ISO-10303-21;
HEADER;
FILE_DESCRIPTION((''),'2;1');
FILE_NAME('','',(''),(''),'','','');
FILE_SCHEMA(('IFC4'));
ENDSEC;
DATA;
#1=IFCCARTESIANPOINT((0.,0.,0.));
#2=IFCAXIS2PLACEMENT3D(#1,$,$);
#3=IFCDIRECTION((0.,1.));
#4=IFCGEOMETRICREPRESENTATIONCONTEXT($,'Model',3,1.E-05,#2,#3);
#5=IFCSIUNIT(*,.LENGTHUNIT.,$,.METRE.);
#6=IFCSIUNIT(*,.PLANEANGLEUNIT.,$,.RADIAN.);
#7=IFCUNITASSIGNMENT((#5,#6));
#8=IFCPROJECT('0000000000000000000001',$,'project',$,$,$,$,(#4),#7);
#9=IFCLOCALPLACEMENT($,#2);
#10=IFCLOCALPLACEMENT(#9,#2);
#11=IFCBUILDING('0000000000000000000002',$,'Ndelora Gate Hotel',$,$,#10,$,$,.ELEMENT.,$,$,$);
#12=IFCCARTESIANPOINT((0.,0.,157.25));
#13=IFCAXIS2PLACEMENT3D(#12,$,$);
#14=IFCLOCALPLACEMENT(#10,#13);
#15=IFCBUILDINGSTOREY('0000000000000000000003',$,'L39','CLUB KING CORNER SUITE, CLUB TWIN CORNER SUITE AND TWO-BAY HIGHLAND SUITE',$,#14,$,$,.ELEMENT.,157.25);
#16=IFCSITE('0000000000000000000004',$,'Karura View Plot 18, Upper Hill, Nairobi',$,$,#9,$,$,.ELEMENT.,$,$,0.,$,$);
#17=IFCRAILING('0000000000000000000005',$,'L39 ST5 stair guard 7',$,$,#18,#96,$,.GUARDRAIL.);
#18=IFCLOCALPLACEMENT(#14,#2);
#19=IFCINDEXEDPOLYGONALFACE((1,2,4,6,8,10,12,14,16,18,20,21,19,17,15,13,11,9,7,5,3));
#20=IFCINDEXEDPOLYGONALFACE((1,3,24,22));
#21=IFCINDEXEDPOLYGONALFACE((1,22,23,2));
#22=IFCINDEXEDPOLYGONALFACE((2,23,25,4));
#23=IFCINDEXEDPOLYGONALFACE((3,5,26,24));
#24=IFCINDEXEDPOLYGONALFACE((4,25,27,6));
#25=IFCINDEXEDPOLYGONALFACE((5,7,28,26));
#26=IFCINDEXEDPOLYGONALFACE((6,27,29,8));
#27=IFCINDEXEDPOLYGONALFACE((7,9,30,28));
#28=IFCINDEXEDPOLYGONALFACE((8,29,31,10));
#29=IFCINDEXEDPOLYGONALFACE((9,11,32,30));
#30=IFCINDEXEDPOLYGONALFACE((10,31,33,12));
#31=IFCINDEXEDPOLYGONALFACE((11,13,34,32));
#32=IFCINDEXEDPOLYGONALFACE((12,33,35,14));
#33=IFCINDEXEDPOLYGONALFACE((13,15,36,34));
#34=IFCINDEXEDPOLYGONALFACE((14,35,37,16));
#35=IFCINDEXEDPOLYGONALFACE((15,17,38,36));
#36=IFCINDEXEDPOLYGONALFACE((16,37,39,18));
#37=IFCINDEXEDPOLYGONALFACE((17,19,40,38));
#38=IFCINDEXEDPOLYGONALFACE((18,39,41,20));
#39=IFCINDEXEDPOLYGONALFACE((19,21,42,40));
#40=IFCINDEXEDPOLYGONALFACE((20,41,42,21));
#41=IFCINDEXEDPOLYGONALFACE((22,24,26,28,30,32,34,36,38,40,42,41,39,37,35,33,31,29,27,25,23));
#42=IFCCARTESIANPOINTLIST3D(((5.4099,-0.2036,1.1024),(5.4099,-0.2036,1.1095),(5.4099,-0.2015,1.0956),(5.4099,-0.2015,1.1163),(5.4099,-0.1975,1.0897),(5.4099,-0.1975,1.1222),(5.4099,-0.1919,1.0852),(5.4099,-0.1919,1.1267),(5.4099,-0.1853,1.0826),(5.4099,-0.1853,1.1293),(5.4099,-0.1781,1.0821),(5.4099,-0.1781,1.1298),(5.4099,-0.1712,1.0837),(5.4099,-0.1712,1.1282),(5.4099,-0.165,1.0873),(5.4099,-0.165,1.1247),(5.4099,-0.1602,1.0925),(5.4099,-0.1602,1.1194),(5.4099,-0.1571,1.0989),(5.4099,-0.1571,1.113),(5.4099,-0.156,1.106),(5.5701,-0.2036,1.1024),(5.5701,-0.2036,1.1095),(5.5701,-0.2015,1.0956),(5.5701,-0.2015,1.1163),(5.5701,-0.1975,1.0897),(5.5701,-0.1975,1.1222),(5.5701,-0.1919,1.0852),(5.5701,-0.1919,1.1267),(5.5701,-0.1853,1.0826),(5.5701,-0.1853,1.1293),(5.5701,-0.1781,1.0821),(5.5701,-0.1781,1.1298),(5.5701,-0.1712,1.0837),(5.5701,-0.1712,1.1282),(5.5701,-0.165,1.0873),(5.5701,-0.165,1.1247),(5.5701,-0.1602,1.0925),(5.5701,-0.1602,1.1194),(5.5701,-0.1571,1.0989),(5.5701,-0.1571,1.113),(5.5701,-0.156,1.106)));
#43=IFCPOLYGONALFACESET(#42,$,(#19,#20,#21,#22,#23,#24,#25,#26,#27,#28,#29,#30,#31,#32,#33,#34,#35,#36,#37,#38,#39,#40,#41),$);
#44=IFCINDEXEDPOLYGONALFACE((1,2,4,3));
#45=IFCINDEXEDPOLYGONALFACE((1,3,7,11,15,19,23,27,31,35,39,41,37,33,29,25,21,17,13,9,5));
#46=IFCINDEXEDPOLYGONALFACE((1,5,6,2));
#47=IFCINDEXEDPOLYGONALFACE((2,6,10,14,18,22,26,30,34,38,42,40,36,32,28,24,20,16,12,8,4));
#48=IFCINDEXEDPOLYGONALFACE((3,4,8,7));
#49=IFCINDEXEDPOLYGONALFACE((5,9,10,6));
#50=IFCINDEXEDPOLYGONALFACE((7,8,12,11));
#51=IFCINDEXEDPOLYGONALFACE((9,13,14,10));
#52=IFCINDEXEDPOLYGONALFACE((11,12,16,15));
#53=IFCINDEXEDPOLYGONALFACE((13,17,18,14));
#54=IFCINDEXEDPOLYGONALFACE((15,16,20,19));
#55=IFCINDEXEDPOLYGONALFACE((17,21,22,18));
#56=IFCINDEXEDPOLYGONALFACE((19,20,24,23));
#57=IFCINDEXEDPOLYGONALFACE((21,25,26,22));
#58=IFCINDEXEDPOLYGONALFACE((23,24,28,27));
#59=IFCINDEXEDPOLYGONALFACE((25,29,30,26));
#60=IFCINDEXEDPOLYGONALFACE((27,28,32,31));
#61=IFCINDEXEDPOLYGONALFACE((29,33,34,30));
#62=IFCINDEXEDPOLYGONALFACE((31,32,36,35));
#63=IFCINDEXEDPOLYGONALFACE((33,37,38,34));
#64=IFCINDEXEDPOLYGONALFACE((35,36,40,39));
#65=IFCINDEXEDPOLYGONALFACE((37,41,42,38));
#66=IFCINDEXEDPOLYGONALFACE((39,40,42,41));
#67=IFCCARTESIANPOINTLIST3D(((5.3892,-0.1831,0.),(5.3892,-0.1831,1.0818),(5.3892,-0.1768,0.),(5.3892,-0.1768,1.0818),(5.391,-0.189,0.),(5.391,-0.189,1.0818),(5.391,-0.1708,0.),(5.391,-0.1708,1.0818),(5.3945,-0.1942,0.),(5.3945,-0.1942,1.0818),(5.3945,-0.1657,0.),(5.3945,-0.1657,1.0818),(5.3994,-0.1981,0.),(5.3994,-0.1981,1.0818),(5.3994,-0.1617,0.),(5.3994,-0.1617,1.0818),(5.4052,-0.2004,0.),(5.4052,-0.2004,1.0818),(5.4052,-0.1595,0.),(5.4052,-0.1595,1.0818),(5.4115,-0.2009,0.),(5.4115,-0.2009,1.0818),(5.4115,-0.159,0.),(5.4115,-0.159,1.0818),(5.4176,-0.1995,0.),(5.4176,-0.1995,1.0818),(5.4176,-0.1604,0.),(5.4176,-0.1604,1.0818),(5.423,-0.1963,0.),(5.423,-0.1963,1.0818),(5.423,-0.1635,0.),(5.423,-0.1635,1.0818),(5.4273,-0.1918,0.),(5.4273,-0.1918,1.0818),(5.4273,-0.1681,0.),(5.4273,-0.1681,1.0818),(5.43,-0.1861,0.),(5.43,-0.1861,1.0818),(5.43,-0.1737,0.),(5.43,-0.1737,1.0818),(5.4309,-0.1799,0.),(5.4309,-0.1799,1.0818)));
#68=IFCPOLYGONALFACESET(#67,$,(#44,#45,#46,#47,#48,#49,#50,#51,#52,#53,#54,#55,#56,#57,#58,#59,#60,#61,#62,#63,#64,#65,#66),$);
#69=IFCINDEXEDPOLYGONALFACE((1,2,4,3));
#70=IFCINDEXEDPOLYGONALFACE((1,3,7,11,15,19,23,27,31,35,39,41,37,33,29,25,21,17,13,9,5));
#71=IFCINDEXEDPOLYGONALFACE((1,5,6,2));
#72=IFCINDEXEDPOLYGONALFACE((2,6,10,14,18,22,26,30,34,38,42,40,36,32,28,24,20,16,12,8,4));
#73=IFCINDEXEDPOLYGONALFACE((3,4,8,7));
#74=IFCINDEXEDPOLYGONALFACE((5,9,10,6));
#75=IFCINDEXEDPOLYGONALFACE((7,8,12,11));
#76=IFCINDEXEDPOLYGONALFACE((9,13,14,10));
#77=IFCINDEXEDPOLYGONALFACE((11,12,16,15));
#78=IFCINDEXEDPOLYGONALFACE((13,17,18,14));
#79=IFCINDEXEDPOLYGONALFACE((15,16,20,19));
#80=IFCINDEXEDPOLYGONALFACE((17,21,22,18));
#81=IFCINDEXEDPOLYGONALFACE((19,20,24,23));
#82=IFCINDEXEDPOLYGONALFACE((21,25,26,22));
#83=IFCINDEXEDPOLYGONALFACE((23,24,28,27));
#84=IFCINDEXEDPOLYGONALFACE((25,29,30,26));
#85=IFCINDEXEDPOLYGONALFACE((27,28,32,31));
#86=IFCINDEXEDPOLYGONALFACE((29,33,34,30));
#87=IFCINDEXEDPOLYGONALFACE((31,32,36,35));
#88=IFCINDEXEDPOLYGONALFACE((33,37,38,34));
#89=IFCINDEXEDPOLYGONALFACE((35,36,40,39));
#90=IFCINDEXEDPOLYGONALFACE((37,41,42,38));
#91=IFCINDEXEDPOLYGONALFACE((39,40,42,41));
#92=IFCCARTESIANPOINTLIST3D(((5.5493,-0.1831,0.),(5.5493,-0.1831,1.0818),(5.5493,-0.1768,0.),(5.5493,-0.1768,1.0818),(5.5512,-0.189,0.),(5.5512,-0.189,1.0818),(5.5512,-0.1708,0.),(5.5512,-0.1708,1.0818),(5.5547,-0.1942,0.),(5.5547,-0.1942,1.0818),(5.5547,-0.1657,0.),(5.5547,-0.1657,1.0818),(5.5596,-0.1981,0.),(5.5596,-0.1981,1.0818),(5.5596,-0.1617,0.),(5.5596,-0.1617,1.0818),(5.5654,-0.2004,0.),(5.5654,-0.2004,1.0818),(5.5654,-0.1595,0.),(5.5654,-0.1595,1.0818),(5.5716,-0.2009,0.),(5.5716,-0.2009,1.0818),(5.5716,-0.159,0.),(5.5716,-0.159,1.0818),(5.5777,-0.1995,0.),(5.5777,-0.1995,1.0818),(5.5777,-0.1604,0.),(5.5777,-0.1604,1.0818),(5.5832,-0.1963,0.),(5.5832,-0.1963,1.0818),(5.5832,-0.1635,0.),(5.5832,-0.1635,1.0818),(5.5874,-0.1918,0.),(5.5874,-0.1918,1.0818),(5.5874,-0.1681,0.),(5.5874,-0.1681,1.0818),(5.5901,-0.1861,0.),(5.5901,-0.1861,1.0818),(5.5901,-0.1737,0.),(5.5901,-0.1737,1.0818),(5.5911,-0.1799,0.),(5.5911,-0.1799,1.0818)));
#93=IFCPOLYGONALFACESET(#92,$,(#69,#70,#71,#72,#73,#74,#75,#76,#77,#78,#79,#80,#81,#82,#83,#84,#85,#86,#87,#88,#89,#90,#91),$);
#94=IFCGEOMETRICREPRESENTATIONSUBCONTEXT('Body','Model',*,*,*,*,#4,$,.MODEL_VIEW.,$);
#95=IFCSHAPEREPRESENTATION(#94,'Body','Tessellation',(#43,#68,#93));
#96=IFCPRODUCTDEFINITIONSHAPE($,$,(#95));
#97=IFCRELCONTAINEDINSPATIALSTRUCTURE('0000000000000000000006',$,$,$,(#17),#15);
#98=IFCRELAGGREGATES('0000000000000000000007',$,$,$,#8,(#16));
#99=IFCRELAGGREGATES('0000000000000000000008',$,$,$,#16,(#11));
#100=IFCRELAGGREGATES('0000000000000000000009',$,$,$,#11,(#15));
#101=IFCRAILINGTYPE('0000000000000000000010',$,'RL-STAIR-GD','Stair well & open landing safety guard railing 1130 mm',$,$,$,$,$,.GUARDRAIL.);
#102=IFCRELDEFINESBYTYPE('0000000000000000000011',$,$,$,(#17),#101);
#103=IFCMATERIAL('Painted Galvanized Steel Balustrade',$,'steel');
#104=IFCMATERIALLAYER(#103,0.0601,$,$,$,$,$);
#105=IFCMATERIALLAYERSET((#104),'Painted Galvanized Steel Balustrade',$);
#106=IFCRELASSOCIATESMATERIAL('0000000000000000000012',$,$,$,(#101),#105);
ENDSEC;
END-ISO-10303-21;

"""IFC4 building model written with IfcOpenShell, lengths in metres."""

from ifc_helpers import new_model, si_unit, direction, frame, origin, origin_2d, place, context, subcontext, project, spatial, circle, extrude, material, layer, layer_set, type_object, element, save


model = new_model("IFC4")

# Units and contexts
model_context = context("Model", 3, precision=1e-05, world=origin(), true_north=direction((0.0, 1.0)))
body_context = subcontext(model_context, "Body", "Model", "MODEL_VIEW")
ifc_project = project(units=[si_unit("LENGTHUNIT", "METRE"), si_unit("PLANEANGLEUNIT", "RADIAN")], contexts=[model_context])

# Site, building, storey
site_placement = place(None, origin())
site = spatial("IfcSite", under=ifc_project, at=site_placement, Name="Karura View Plot 18, Upper Hill, Nairobi", CompositionType="ELEMENT", RefElevation=0.0)
building_placement = place(site_placement, origin())
building = spatial("IfcBuilding", under=site, at=building_placement, Name="Ndelora Gate Hotel", CompositionType="ELEMENT")
storey_placement = place(building_placement, frame((0.0, 0.0, 157.25)))
storey = spatial("IfcBuildingStorey", under=building, at=storey_placement, Name="L39", Description="CLUB KING CORNER SUITE, CLUB TWIN CORNER SUITE AND TWO-BAY HIGHLAND SUITE", CompositionType="ELEMENT", Elevation=157.25)

# Railing
ifc_material_1 = material(Name="Painted Galvanized Steel Balustrade", Category="steel")
ifc_layer_1 = layer(ifc_material_1, 0.0601)
ifc_layer_set_1 = layer_set([ifc_layer_1], Name="Painted Galvanized Steel Balustrade")
railing_type_1 = type_object("IfcRailingType", Name="RL-STAIR-GD", Description="Stair well & open landing safety guard railing 1130 mm", PredefinedType="GUARDRAIL", material=ifc_layer_set_1)
railing_1_placement = place(storey_placement, frame((5.4099, -0.1799, 0.0)))
element("IfcRailing", 1, at=railing_1_placement, inside=storey, type_object=railing_type_1, Name="L39 ST5 stair guard 7", PredefinedType="GUARDRAIL", context=body_context, shape_type="SweptSolid", body=[
    extrude(circle(Radius=0.0239, at=origin_2d()), frame((0.0, 0.0, 1.106), z_axis=(1.0, 0.0, 0.0), x_axis=(0.0, 1.0, 0.0)), (0.0, 0.0, 1.0), 0.1602),
    extrude(circle(Radius=0.021, at=origin_2d()), origin(), (0.0, 0.0, 1.0), 1.0818),
    extrude(circle(Radius=0.021, at=origin_2d()), frame((0.1602, 0.0, 0.0)), (0.0, 0.0, 1.0), 1.0818),
])

save(model, "model.ifc")
